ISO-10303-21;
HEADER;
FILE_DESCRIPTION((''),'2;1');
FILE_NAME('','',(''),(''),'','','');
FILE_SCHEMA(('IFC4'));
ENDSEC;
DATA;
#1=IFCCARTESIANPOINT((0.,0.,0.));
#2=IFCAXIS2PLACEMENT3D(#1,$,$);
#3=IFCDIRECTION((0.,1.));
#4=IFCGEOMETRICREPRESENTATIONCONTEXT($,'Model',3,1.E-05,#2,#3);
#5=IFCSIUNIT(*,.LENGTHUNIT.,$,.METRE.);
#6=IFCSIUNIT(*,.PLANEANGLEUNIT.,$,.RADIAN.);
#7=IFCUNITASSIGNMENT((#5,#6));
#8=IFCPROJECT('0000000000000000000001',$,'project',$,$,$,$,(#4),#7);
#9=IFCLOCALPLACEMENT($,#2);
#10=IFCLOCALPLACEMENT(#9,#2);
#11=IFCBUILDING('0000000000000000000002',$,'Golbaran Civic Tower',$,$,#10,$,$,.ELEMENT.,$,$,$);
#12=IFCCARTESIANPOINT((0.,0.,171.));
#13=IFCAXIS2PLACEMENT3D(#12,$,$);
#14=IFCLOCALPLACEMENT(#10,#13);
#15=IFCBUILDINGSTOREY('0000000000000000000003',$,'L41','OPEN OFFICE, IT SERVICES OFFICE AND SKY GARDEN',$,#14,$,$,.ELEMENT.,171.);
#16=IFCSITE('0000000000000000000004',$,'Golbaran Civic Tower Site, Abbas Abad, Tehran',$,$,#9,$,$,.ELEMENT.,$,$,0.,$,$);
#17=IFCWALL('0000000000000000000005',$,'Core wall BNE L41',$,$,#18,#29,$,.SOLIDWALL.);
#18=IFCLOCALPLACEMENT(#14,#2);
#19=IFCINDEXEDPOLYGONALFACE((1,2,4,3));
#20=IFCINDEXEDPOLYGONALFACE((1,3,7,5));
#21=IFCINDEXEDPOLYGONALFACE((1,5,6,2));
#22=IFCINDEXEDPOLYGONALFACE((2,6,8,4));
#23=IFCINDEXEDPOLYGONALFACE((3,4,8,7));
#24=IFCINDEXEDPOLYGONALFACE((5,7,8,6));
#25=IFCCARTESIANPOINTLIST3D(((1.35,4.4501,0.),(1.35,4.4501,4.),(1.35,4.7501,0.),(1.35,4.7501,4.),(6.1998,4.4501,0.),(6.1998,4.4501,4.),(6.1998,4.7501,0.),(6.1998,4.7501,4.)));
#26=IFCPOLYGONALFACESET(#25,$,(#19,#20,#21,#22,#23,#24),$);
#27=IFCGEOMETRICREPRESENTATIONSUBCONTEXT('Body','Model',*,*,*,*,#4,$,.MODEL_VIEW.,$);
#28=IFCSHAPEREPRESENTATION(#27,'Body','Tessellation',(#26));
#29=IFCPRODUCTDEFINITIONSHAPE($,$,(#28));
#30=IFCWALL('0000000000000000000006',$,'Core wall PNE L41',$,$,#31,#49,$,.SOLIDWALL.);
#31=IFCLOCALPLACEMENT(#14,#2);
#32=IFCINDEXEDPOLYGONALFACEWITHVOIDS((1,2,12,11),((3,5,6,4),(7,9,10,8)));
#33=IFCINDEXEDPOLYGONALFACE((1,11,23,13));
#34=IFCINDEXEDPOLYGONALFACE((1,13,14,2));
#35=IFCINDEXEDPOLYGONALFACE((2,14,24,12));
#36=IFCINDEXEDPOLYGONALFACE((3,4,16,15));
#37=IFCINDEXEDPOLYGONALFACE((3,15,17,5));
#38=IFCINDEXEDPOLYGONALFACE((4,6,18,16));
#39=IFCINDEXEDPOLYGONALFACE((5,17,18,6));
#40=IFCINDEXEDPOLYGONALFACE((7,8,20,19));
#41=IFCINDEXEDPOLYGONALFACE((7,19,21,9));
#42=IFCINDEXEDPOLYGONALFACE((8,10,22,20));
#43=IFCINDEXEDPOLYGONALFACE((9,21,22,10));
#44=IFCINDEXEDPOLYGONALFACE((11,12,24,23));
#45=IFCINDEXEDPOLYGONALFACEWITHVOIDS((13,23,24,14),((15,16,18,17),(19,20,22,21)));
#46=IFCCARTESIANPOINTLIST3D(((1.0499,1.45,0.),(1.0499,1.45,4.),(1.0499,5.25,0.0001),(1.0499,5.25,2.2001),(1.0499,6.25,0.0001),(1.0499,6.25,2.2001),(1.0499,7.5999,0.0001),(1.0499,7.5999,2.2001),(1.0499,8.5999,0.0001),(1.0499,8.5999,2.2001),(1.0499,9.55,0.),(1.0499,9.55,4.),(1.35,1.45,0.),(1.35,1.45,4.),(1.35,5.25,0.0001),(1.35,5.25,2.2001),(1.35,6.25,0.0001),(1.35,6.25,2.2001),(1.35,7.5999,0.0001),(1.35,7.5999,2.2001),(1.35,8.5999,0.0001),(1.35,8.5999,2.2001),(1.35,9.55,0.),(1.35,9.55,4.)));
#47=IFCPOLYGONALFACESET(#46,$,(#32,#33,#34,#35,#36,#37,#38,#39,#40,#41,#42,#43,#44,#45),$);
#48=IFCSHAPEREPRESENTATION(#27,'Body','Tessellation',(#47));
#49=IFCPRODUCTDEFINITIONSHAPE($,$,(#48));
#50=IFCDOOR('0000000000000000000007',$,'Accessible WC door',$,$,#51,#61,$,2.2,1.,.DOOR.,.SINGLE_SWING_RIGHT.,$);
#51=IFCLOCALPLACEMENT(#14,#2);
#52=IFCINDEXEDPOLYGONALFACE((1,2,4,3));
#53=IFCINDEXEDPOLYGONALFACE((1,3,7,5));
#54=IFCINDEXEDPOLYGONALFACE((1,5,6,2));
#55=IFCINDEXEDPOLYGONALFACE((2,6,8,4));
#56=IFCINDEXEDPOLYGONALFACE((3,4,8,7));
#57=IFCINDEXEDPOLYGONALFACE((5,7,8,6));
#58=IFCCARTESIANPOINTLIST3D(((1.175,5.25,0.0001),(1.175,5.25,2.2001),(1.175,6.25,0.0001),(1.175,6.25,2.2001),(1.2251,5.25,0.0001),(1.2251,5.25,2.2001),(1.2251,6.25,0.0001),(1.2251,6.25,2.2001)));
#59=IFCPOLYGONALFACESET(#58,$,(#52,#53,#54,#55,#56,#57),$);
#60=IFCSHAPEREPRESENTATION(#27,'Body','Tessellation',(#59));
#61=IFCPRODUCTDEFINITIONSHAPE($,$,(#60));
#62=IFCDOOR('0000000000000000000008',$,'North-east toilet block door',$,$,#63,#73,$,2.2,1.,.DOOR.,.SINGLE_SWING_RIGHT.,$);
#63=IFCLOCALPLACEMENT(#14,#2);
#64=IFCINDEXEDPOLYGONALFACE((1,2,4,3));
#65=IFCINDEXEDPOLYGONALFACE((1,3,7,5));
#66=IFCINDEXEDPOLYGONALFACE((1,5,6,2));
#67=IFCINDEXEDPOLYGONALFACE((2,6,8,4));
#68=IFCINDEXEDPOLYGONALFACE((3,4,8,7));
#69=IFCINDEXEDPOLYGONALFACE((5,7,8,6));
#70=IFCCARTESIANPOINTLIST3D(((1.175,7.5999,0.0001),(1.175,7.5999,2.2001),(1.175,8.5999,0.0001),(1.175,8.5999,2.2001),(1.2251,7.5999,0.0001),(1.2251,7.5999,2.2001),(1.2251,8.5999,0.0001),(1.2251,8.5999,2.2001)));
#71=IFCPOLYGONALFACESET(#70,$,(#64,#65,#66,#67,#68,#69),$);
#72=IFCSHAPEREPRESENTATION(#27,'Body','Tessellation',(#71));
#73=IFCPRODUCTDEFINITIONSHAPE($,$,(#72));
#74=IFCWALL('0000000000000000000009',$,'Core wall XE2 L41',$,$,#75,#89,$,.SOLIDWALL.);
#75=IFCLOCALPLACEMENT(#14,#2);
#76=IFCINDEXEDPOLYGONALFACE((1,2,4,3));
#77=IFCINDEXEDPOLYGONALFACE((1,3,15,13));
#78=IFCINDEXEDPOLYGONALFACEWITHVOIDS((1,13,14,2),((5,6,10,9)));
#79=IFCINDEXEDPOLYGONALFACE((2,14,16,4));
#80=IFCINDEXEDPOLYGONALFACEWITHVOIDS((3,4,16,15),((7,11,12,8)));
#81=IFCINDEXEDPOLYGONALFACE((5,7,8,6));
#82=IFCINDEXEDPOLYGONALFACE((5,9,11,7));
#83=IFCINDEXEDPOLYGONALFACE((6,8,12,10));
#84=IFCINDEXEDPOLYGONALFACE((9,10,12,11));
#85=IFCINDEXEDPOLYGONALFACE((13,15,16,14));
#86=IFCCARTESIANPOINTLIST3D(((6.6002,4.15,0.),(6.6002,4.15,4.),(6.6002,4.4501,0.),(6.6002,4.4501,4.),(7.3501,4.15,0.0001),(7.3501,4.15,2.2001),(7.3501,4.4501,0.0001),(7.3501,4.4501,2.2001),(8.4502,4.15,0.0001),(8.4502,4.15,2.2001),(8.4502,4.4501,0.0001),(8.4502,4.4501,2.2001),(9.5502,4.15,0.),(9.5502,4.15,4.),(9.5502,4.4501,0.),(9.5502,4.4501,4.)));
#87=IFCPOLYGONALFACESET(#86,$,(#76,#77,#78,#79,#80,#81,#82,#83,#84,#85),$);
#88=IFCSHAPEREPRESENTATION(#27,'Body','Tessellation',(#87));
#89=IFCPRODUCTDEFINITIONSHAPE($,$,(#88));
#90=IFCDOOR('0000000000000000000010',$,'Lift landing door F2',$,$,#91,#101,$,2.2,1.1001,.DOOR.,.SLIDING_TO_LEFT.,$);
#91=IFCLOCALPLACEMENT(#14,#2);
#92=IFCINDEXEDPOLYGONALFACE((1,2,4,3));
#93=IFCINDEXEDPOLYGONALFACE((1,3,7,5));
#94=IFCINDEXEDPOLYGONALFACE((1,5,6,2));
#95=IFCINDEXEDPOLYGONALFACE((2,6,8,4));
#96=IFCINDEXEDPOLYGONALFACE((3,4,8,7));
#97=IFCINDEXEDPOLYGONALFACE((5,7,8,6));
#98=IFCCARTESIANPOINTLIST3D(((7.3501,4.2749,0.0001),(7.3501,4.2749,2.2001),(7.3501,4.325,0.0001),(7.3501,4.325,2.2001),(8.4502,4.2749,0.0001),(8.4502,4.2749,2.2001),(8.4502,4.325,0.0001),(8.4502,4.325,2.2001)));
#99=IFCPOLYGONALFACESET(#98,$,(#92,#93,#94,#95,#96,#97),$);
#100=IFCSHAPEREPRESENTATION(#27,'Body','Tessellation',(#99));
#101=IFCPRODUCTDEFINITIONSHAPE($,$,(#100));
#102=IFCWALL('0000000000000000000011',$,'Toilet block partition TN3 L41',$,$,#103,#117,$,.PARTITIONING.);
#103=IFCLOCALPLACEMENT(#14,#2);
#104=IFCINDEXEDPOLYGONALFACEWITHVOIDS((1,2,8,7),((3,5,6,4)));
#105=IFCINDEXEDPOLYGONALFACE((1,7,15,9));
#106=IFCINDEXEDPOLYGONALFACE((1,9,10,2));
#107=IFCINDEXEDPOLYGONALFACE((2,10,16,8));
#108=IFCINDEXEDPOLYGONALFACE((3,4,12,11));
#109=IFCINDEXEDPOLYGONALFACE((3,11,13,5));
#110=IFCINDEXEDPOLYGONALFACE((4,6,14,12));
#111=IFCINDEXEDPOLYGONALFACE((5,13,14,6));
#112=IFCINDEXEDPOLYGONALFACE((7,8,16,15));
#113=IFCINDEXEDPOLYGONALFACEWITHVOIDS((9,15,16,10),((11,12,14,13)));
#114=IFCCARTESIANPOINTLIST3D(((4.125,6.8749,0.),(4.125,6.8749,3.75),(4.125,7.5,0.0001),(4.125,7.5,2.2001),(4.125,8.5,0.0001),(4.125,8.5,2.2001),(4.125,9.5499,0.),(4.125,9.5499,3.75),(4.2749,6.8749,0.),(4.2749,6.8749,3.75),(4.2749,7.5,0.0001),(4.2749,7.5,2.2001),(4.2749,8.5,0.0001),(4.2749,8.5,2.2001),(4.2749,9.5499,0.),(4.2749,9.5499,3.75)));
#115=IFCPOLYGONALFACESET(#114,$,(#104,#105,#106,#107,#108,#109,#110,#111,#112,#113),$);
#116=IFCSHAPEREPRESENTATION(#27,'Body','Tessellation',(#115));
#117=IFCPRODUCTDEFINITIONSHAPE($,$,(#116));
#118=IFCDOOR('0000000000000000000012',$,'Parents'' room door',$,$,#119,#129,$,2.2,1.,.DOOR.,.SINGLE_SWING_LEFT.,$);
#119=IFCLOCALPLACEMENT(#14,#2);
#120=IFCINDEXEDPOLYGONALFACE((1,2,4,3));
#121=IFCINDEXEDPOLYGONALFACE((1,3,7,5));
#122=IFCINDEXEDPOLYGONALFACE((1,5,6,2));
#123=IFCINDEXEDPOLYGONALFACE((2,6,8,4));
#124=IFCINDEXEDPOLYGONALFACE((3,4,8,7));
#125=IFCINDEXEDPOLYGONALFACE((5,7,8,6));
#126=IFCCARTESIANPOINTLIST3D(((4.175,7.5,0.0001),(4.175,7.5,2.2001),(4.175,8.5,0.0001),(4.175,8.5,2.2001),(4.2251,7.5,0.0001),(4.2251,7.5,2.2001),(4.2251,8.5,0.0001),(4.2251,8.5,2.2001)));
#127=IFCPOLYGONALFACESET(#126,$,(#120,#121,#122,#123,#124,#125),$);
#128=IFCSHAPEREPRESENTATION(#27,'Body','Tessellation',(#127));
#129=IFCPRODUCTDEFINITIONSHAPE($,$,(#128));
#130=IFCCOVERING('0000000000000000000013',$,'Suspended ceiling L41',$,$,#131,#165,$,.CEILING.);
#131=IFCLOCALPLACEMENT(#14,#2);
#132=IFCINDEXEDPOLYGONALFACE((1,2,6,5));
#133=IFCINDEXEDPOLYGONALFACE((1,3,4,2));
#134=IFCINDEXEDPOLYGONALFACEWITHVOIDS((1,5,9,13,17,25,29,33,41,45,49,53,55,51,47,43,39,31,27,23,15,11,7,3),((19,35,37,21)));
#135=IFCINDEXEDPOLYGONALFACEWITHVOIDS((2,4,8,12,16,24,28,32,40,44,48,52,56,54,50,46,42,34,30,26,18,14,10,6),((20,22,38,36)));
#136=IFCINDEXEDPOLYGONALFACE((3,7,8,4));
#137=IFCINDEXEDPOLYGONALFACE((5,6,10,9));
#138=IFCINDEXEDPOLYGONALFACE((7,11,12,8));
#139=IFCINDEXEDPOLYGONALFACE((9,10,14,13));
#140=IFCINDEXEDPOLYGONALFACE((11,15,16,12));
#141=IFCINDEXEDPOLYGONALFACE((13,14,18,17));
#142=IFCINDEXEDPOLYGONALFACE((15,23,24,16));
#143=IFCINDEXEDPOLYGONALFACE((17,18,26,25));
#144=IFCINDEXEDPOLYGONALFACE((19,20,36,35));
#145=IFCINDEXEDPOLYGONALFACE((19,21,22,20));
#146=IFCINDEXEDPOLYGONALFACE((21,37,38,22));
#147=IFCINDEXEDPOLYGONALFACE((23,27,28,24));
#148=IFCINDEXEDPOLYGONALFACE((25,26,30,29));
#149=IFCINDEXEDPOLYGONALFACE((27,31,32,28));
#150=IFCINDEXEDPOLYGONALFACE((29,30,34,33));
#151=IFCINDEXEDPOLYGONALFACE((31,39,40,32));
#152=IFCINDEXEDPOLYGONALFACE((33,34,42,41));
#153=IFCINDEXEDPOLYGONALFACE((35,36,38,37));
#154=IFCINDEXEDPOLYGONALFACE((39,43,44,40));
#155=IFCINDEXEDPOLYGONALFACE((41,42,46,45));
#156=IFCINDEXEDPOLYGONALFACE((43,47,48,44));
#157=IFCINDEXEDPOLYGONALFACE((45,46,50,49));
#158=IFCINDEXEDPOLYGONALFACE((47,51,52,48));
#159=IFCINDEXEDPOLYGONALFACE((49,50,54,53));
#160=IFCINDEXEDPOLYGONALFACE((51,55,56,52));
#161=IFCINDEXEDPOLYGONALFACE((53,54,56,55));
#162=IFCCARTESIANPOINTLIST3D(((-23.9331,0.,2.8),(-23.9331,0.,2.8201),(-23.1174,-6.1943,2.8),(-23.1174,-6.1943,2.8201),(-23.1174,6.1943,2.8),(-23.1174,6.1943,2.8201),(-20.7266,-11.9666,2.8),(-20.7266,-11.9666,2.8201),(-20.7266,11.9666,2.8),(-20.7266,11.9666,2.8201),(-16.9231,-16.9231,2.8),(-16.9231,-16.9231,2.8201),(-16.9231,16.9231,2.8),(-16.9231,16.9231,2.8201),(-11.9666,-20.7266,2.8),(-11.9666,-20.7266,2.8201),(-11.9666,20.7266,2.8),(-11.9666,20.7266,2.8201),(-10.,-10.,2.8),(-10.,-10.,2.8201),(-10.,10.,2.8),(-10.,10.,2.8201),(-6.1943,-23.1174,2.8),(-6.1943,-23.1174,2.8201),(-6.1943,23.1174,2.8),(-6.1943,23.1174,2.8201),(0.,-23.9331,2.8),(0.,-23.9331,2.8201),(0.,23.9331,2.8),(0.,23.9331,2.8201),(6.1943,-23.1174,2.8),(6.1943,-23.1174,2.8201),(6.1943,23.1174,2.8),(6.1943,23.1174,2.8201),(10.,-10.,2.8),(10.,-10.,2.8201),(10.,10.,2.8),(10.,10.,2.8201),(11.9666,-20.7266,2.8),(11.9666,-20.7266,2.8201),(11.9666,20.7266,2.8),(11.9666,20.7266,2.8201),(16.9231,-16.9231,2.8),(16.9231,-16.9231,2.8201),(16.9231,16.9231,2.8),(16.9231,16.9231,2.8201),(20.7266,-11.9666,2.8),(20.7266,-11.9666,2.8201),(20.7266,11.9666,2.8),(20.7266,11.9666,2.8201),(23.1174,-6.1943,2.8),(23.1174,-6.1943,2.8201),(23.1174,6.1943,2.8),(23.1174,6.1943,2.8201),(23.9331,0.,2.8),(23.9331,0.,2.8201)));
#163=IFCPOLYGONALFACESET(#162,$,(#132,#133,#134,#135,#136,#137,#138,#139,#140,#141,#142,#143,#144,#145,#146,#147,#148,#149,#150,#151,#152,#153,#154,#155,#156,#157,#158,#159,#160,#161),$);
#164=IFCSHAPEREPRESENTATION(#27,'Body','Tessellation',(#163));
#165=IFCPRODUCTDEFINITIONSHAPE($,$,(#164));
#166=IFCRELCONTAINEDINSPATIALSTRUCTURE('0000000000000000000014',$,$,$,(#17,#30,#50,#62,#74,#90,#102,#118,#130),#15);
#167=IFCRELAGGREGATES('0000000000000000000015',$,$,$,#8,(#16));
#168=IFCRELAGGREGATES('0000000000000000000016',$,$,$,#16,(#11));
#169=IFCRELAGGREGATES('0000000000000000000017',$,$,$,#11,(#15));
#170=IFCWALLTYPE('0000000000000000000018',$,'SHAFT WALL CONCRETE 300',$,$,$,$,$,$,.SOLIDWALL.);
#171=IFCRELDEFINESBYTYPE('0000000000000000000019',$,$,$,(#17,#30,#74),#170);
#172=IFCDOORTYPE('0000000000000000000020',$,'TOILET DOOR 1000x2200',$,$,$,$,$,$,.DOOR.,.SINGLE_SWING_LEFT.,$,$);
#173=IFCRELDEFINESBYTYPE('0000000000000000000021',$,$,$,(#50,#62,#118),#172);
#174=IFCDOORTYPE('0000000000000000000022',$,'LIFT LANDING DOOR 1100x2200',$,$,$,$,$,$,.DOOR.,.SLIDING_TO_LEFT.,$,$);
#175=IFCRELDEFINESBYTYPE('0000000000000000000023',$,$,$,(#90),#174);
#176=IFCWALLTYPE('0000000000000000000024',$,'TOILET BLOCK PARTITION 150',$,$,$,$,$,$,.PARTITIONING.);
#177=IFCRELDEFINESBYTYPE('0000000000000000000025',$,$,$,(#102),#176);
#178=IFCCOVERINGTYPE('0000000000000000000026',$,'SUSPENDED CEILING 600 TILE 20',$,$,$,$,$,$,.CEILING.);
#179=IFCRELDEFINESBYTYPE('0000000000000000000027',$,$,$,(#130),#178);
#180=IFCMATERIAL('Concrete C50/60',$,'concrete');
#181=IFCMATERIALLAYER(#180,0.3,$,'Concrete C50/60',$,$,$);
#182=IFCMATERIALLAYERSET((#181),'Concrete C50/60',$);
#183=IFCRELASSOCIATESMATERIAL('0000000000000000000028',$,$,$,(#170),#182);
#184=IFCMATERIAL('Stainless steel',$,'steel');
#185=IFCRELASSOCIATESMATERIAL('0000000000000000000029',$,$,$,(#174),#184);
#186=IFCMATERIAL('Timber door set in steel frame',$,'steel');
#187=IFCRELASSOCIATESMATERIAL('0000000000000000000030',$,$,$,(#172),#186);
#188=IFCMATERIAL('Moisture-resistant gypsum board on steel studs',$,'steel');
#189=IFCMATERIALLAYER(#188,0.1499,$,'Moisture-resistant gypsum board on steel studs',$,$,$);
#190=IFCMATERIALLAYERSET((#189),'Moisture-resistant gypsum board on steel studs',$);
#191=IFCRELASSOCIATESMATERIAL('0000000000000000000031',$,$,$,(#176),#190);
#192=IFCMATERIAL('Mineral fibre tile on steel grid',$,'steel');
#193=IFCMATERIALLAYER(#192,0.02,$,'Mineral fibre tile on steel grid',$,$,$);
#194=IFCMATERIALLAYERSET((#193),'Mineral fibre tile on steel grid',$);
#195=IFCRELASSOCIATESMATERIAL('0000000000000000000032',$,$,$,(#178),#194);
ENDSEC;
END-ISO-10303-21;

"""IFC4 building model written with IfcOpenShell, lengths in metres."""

from ifc_helpers import new_model, si_unit, direction, frame, frame_2d, origin, place, context, subcontext, project, spatial, polyline, rectangle, outline, extrude, material, layer, layer_set, type_object, element, fill, save


model = new_model("IFC4")

# Units and contexts
model_context = context("Model", 3, precision=1e-05, world=origin(), true_north=direction((0.0, 1.0)))
body_context = subcontext(model_context, "Body", "Model", "MODEL_VIEW")
ifc_project = project(units=[si_unit("LENGTHUNIT", "METRE"), si_unit("PLANEANGLEUNIT", "RADIAN")], contexts=[model_context])

# Site, building, storey
site_placement = place(None, origin())
site = spatial("IfcSite", under=ifc_project, at=site_placement, Name="Golbaran Civic Tower Site, Abbas Abad, Tehran", CompositionType="ELEMENT", RefElevation=0.0)
building_placement = place(site_placement, origin())
building = spatial("IfcBuilding", under=site, at=building_placement, Name="Golbaran Civic Tower", CompositionType="ELEMENT")
storey_placement = place(building_placement, frame((0.0, 0.0, 171.0)))
storey = spatial("IfcBuildingStorey", under=building, at=storey_placement, Name="L41", Description="OPEN OFFICE, IT SERVICES OFFICE AND SKY GARDEN", CompositionType="ELEMENT", Elevation=171.0)

# Shared definitions
ifc_material_1 = material(Name="Timber door set in steel frame", Category="steel")

# Shared definitions
ifc_material_2 = material(Name="Concrete C50/60", Category="concrete")
ifc_layer_1 = layer(ifc_material_2, 0.3, Name="Concrete C50/60")
ifc_layer_set_1 = layer_set([ifc_layer_1], Name="Concrete C50/60")
wall_type_1 = type_object("IfcWallType", Name="SHAFT WALL CONCRETE 300", PredefinedType="SOLIDWALL", material=ifc_layer_set_1)
ifc_material_3 = material(Name="Stainless steel", Category="steel")
door_type_1 = type_object("IfcDoorType", Name="LIFT LANDING DOOR 1100x2200", OperationType="SLIDING_TO_LEFT", PredefinedType="DOOR", material=ifc_material_3)

# Wall
wall_1_placement = place(storey_placement, frame((1.3501, 4.6001, 0.0), z_axis=(0.0, 0.0, 1.0), x_axis=(1.0, 0.0, 0.0)))
element("IfcWall", 1, at=wall_1_placement, inside=storey, type_object=wall_type_1, Name="Core wall BNE L41", PredefinedType="SOLIDWALL", context=body_context, shape_type="SweptSolid", body=[
    extrude(rectangle(XDim=4.8499, YDim=0.3, at=frame_2d((2.4248, 0.0))), origin(), (0.0, 0.0, 1.0), 4.0),
])

# Wall, openings, doors
wall_2_placement = place(storey_placement, frame((1.2, 1.45, 0.0), z_axis=(0.0, 0.0, 1.0), x_axis=(0.0, 1.0, 0.0)))
wall_2 = element("IfcWall", 2, at=wall_2_placement, inside=storey, type_object=wall_type_1, Name="Core wall PNE L41", PredefinedType="SOLIDWALL", context=body_context, shape_type="SweptSolid", body=[
    extrude(rectangle(XDim=8.1001, YDim=0.3, at=frame_2d((4.05, 0.0))), origin(), (0.0, 0.0, 1.0), 4.0),
])
opening_1_placement = place(wall_2_placement, frame((3.8, 0.0, 0.0)))
opening_1 = element("IfcOpeningElement", 3, at=opening_1_placement, cuts=wall_2, PredefinedType="OPENING", context=body_context, shape_type="SweptSolid", body=[
    extrude(rectangle(XDim=1.0, YDim=2.2, at=frame_2d((0.5, 1.1001))), frame((0.0, 0.1599, 0.0), z_axis=(0.0, -1.0, 0.0), x_axis=(1.0, 0.0, 0.0)), (0.0, 0.0, 1.0), 0.3201),
])
opening_2_placement = place(wall_2_placement, frame((6.1499, 0.0, 0.0)))
opening_2 = element("IfcOpeningElement", 4, at=opening_2_placement, cuts=wall_2, PredefinedType="OPENING", context=body_context, shape_type="SweptSolid", body=[
    extrude(rectangle(XDim=1.0, YDim=2.2, at=frame_2d((0.5, 1.1001))), frame((0.0, 0.1599, 0.0), z_axis=(0.0, -1.0, 0.0), x_axis=(1.0, 0.0, 0.0)), (0.0, 0.0, 1.0), 0.3201),
])
door_type_2 = type_object("IfcDoorType", Name="TOILET DOOR 1000x2200", OperationType="SINGLE_SWING_LEFT", PredefinedType="DOOR", material=ifc_material_1)
door_1_placement = place(opening_1_placement, origin())
door_1 = element("IfcDoor", 5, at=door_1_placement, inside=storey, type_object=door_type_2, Name="Accessible WC door", OperationType="SINGLE_SWING_RIGHT", OverallHeight=2.2, OverallWidth=1.0, PredefinedType="DOOR", context=body_context, shape_type="SweptSolid", body=[
    extrude(rectangle(XDim=1.0, YDim=2.2, at=frame_2d((0.5, 1.1001))), frame((0.0, 0.0249, 0.0), z_axis=(0.0, -1.0, 0.0), x_axis=(1.0, 0.0, 0.0)), (0.0, 0.0, 1.0), 0.05),
])
fill(opening_1, door_1)
door_2_placement = place(opening_2_placement, origin())
door_2 = element("IfcDoor", 6, at=door_2_placement, inside=storey, type_object=door_type_2, Name="North-east toilet block door", OperationType="SINGLE_SWING_RIGHT", OverallHeight=2.2, OverallWidth=1.0, PredefinedType="DOOR", context=body_context, shape_type="SweptSolid", body=[
    extrude(rectangle(XDim=1.0, YDim=2.2, at=frame_2d((0.5, 1.1001))), frame((0.0, 0.0249, 0.0), z_axis=(0.0, -1.0, 0.0), x_axis=(1.0, 0.0, 0.0)), (0.0, 0.0, 1.0), 0.05),
])
fill(opening_2, door_2)

# Walls, openings, doors
wall_3_placement = place(storey_placement, frame((6.6001, 4.3, 0.0), z_axis=(0.0, 0.0, 1.0), x_axis=(1.0, 0.0, 0.0)))
wall_3 = element("IfcWall", 7, at=wall_3_placement, inside=storey, type_object=wall_type_1, Name="Core wall XE2 L41", PredefinedType="SOLIDWALL", context=body_context, shape_type="SweptSolid", body=[
    extrude(rectangle(XDim=2.95, YDim=0.3, at=frame_2d((1.4751, 0.0))), origin(), (0.0, 0.0, 1.0), 4.0),
])
opening_3_placement = place(wall_3_placement, frame((0.75, 0.0, 0.0)))
opening_3 = element("IfcOpeningElement", 8, at=opening_3_placement, cuts=wall_3, PredefinedType="OPENING", context=body_context, shape_type="SweptSolid", body=[
    extrude(rectangle(XDim=1.1001, YDim=2.2, at=frame_2d((0.55, 1.1001))), frame((0.0, 0.1599, 0.0), z_axis=(0.0, -1.0, 0.0), x_axis=(1.0, 0.0, 0.0)), (0.0, 0.0, 1.0), 0.3201),
])
door_3_placement = place(opening_3_placement, origin())
door_3 = element("IfcDoor", 9, at=door_3_placement, inside=storey, type_object=door_type_1, Name="Lift landing door F2", OperationType="SLIDING_TO_LEFT", OverallHeight=2.2, OverallWidth=1.1001, PredefinedType="DOOR", context=body_context, shape_type="SweptSolid", body=[
    extrude(rectangle(XDim=1.1001, YDim=2.2, at=frame_2d((0.55, 1.1001))), frame((0.0, 0.0249, 0.0), z_axis=(0.0, -1.0, 0.0), x_axis=(1.0, 0.0, 0.0)), (0.0, 0.0, 1.0), 0.05),
])
fill(opening_3, door_3)
ifc_material_4 = material(Name="Moisture-resistant gypsum board on steel studs", Category="steel")
ifc_layer_2 = layer(ifc_material_4, 0.1499, Name="Moisture-resistant gypsum board on steel studs")
ifc_layer_set_2 = layer_set([ifc_layer_2], Name="Moisture-resistant gypsum board on steel studs")
wall_type_2 = type_object("IfcWallType", Name="TOILET BLOCK PARTITION 150", PredefinedType="PARTITIONING", material=ifc_layer_set_2)
wall_4_placement = place(storey_placement, frame((4.2, 6.875, 0.0), z_axis=(0.0, 0.0, 1.0), x_axis=(0.0, 1.0, 0.0)))
wall_4 = element("IfcWall", 10, at=wall_4_placement, inside=storey, type_object=wall_type_2, Name="Toilet block partition TN3 L41", PredefinedType="PARTITIONING", context=body_context, shape_type="SweptSolid", body=[
    extrude(rectangle(XDim=2.675, YDim=0.1499, at=frame_2d((1.3374, 0.0))), origin(), (0.0, 0.0, 1.0), 3.75),
])
opening_4_placement = place(wall_4_placement, frame((0.625, 0.0, 0.0)))
opening_4 = element("IfcOpeningElement", 11, at=opening_4_placement, cuts=wall_4, PredefinedType="OPENING", context=body_context, shape_type="SweptSolid", body=[
    extrude(rectangle(XDim=1.0, YDim=2.2, at=frame_2d((0.5, 1.1001))), frame((0.0, 0.085, 0.0), z_axis=(0.0, -1.0, 0.0), x_axis=(1.0, 0.0, 0.0)), (0.0, 0.0, 1.0), 0.1699),
])
door_4_placement = place(opening_4_placement, origin())
door_4 = element("IfcDoor", 12, at=door_4_placement, inside=storey, type_object=door_type_2, Name="Parents' room door", OperationType="SINGLE_SWING_LEFT", OverallHeight=2.2, OverallWidth=1.0, PredefinedType="DOOR", context=body_context, shape_type="SweptSolid", body=[
    extrude(rectangle(XDim=1.0, YDim=2.2, at=frame_2d((0.5, 1.1001))), frame((0.0, 0.0249, 0.0), z_axis=(0.0, -1.0, 0.0), x_axis=(1.0, 0.0, 0.0)), (0.0, 0.0, 1.0), 0.05),
])
fill(opening_4, door_4)

# Covering
ifc_material_5 = material(Name="Mineral fibre tile on steel grid", Category="steel")
ifc_layer_3 = layer(ifc_material_5, 0.02, Name="Mineral fibre tile on steel grid")
ifc_layer_set_3 = layer_set([ifc_layer_3], Name="Mineral fibre tile on steel grid")
covering_type = type_object("IfcCoveringType", Name="SUSPENDED CEILING 600 TILE 20", PredefinedType="CEILING", material=ifc_layer_set_3)
covering_placement = place(storey_placement, frame((0.0, 0.0, 2.8)))
element("IfcCovering", 13, at=covering_placement, inside=storey, type_object=covering_type, Name="Suspended ceiling L41", PredefinedType="CEILING", context=body_context, shape_type="SweptSolid", body=[
    extrude(outline(polyline([(-6.1943, 23.1174), (0.0, 23.9331), (6.1943, 23.1174), (11.9666, 20.7266), (16.9231, 16.9231), (20.7266, 11.9666), (23.1174, 6.1943), (23.9331, 0.0), (23.1174, -6.1943), (20.7266, -11.9666), (16.9231, -16.9231), (11.9666, -20.7266), (6.1943, -23.1174), (0.0, -23.9331), (-6.1943, -23.1174), (-11.9666, -20.7266), (-16.9231, -16.9231), (-20.7266, -11.9666), (-23.1174, -6.1943), (-23.9331, 0.0), (-23.1174, 6.1943), (-20.7266, 11.9666), (-16.9231, 16.9231), (-11.9666, 20.7266), (-6.1943, 23.1174)]), holes=[polyline([(-10.0, -10.0), (10.0, -10.0), (10.0, 10.0), (-10.0, 10.0), (-10.0, -10.0)])]), origin(), (0.0, 0.0, 1.0), 0.02),
])

save(model, "model.ifc")
